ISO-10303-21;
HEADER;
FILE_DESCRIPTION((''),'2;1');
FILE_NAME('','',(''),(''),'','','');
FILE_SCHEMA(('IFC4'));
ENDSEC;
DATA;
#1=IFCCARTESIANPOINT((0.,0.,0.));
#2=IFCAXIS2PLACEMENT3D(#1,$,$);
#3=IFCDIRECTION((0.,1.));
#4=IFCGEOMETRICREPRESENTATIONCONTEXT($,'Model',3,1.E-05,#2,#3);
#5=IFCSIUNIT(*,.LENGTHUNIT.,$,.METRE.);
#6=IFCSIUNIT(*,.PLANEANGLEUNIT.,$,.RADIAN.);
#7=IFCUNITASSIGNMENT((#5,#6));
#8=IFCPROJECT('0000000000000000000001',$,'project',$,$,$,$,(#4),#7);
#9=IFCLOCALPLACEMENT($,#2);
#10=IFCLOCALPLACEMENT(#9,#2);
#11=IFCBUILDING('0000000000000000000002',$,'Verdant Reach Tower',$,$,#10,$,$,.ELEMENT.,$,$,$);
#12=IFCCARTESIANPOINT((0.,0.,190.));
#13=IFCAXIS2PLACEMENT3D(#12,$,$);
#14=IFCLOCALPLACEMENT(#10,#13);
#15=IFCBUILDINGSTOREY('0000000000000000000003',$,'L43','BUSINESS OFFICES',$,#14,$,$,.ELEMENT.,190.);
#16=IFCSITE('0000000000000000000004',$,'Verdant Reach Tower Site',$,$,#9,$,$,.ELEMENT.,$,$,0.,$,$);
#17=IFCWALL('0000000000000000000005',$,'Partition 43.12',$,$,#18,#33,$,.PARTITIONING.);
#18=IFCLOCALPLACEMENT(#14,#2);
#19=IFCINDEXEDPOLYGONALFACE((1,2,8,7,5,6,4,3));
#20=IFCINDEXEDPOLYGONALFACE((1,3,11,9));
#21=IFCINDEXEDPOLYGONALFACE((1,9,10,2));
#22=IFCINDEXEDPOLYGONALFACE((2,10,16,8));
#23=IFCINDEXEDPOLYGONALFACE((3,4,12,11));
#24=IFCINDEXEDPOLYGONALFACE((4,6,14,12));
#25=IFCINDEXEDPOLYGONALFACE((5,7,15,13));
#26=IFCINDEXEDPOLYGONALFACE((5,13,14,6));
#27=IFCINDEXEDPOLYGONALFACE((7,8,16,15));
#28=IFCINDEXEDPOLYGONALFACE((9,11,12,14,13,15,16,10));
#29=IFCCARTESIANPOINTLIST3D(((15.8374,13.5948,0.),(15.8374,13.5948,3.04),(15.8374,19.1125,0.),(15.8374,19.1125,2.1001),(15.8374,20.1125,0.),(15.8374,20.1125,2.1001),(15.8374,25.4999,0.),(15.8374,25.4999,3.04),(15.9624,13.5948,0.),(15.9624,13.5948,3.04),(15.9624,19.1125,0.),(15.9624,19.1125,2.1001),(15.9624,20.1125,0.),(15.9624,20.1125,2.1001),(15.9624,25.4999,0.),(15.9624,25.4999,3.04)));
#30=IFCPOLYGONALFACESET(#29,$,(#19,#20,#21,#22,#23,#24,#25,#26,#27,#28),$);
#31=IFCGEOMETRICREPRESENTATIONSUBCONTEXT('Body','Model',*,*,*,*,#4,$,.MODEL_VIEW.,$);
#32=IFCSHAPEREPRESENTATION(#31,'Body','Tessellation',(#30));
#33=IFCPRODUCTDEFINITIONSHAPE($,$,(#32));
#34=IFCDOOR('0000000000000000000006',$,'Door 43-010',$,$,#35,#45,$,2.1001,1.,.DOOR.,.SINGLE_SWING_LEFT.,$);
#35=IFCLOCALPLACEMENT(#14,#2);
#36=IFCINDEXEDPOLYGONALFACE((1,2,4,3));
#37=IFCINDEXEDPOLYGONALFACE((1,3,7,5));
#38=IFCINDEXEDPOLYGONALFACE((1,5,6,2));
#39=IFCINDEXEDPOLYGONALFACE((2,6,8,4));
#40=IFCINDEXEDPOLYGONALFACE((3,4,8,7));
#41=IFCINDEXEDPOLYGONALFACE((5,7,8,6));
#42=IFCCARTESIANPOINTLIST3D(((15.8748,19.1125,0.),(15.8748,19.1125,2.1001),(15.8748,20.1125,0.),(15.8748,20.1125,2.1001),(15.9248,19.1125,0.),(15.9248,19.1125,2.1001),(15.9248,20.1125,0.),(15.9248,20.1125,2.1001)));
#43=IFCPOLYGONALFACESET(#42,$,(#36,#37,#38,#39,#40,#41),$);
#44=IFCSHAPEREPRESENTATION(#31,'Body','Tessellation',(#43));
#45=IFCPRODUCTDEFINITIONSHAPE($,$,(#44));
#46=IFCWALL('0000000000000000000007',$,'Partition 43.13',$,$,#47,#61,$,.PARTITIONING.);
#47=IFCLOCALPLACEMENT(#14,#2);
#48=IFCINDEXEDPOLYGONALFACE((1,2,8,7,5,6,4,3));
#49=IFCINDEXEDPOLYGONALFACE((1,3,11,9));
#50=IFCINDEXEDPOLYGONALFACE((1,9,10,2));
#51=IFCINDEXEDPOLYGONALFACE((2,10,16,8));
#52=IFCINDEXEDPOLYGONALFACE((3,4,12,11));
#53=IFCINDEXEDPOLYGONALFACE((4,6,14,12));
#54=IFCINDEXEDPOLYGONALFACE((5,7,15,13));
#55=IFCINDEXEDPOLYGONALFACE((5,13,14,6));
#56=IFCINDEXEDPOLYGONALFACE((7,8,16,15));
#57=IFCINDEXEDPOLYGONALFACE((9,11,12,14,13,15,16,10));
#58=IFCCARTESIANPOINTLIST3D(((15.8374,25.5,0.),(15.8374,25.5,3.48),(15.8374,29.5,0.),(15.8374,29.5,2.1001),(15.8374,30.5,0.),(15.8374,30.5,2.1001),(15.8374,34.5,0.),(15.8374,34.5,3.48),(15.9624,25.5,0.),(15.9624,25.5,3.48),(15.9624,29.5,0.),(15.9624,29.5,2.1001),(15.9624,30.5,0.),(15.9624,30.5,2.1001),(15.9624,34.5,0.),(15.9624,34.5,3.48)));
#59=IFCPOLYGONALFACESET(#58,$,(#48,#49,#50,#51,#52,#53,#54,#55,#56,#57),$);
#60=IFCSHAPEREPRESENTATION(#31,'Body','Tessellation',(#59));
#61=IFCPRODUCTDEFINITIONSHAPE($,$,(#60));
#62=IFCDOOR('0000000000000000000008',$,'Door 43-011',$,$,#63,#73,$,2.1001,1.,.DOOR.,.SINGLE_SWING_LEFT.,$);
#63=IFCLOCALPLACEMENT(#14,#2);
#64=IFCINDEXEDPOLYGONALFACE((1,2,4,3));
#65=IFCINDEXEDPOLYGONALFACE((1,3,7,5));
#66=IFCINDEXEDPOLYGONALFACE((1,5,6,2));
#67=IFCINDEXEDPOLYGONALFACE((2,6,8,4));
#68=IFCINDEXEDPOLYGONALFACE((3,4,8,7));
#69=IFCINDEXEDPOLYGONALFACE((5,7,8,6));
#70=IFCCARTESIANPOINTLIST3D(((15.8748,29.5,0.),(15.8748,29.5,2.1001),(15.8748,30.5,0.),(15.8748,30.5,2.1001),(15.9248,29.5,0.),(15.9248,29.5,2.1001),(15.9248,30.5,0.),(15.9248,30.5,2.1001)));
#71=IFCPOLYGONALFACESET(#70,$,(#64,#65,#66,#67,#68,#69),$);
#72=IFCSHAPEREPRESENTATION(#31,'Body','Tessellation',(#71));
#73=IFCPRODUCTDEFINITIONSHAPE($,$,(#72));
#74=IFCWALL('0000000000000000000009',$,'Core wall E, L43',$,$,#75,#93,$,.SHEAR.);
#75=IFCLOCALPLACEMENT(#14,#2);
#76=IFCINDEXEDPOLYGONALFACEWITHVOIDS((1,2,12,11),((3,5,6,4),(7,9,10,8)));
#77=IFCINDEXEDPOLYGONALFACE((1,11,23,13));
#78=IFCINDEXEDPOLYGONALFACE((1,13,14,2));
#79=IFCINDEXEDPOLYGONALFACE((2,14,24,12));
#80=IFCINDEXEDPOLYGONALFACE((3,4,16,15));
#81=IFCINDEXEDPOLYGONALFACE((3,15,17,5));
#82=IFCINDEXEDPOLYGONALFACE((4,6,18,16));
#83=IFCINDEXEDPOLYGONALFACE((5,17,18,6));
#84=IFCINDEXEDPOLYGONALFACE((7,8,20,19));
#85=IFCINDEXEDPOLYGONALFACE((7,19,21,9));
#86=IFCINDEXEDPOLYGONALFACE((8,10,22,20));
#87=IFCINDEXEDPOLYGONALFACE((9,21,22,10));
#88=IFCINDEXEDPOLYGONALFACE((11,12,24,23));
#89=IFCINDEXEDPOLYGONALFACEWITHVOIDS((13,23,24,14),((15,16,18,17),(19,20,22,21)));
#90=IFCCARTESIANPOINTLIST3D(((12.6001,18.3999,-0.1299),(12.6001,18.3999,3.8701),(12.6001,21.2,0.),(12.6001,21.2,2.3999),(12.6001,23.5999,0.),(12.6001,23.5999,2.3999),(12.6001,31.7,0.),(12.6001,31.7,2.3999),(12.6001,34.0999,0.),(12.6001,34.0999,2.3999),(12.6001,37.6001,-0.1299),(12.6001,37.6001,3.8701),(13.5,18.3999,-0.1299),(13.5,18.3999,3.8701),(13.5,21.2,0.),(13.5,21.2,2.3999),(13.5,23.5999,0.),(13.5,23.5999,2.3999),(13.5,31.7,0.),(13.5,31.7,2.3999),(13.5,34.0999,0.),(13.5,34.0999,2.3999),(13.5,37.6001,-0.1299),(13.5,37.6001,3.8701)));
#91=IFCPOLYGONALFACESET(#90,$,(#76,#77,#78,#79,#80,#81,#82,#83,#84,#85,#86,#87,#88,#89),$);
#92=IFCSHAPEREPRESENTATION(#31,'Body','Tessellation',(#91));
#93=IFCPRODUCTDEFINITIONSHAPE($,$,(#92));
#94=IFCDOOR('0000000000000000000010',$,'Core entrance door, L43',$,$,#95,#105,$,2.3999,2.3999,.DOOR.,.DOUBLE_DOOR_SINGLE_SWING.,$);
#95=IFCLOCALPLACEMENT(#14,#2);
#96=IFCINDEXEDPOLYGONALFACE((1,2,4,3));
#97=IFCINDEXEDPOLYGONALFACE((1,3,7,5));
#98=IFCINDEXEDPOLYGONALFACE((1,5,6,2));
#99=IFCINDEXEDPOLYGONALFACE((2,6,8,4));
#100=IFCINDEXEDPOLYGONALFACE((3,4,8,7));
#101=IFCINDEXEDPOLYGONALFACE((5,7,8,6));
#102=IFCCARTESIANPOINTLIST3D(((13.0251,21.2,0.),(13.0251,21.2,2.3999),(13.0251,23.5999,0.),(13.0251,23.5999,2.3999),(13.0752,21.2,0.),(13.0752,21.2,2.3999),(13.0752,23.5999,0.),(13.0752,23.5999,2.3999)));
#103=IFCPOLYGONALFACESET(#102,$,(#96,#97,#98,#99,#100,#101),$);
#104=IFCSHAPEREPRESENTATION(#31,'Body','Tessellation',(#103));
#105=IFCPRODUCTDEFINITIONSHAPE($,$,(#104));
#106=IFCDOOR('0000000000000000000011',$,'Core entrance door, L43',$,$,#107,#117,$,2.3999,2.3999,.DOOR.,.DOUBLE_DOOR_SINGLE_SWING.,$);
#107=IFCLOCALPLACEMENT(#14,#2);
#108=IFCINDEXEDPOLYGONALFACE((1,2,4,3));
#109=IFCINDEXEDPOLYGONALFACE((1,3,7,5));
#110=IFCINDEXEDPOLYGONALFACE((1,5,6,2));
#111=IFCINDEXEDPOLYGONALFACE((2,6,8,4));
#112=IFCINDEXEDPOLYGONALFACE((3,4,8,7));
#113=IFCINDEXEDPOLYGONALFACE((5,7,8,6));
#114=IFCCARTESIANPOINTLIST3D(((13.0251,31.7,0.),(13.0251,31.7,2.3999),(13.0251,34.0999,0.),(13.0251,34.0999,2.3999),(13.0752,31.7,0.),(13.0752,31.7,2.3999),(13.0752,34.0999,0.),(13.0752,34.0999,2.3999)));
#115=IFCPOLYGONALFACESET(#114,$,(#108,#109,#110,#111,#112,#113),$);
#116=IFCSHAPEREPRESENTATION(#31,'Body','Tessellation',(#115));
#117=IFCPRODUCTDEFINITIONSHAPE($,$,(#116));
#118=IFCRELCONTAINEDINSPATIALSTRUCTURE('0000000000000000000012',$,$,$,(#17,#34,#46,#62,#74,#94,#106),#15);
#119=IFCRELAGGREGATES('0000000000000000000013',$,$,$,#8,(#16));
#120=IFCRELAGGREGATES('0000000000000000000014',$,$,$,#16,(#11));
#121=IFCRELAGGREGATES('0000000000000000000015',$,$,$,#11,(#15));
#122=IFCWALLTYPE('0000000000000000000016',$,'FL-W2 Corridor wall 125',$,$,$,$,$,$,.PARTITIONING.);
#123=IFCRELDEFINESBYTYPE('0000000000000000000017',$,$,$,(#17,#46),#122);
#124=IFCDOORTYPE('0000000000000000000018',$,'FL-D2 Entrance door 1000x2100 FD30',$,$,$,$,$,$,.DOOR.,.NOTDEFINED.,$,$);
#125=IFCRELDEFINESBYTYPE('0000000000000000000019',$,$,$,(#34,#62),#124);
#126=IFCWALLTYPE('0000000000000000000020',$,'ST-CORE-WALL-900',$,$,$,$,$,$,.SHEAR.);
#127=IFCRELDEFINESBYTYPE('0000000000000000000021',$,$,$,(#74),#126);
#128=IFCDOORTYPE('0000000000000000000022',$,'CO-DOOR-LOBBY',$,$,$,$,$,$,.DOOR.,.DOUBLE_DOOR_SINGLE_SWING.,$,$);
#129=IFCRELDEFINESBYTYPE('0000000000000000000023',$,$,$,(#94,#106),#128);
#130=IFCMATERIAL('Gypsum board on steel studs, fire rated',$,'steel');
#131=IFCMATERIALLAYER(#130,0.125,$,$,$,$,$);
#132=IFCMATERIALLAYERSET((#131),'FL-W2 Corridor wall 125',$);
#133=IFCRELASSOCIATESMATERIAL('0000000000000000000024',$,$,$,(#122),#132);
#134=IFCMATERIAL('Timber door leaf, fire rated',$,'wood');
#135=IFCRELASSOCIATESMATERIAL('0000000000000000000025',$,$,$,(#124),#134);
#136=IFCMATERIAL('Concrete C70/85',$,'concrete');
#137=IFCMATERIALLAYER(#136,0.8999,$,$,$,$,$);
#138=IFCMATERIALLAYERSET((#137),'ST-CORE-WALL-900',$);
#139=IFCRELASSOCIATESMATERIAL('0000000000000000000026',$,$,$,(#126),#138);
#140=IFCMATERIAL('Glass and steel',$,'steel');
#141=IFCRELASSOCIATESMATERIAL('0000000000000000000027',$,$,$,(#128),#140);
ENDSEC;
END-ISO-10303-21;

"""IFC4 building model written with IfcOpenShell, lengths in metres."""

from ifc_helpers import new_model, si_unit, direction, frame, frame_2d, origin, place, context, subcontext, project, spatial, rectangle, extrude, material, layer, layer_set, type_object, element, fill, save


model = new_model("IFC4")

# Units and contexts
model_context = context("Model", 3, precision=1e-05, world=origin(), true_north=direction((0.0, 1.0)))
body_context = subcontext(model_context, "Body", "Model", "MODEL_VIEW")
ifc_project = project(units=[si_unit("LENGTHUNIT", "METRE"), si_unit("PLANEANGLEUNIT", "RADIAN")], contexts=[model_context])

# Site, building, storey
site_placement = place(None, origin())
site = spatial("IfcSite", under=ifc_project, at=site_placement, Name="Verdant Reach Tower Site", CompositionType="ELEMENT", RefElevation=0.0)
building_placement = place(site_placement, origin())
building = spatial("IfcBuilding", under=site, at=building_placement, Name="Verdant Reach Tower", CompositionType="ELEMENT")
storey_placement = place(building_placement, frame((0.0, 0.0, 190.0)))
storey = spatial("IfcBuildingStorey", under=building, at=storey_placement, Name="L43", Description="BUSINESS OFFICES", CompositionType="ELEMENT", Elevation=190.0)

# Walls, openings, doors
ifc_material_1 = material(Name="Gypsum board on steel studs, fire rated", Category="steel")
ifc_layer_1 = layer(ifc_material_1, 0.125)
ifc_layer_set_1 = layer_set([ifc_layer_1], Name="FL-W2 Corridor wall 125")
wall_type_1 = type_object("IfcWallType", Name="FL-W2 Corridor wall 125", PredefinedType="PARTITIONING", material=ifc_layer_set_1)
wall_1_placement = place(storey_placement, frame((15.8999, 25.5, 0.0), z_axis=(0.0, 0.0, 1.0), x_axis=(0.0, -1.0, 0.0)))
wall_1 = element("IfcWall", 1, at=wall_1_placement, inside=storey, type_object=wall_type_1, Name="Partition 43.12", PredefinedType="PARTITIONING", context=body_context, shape_type="SweptSolid", body=[
    extrude(rectangle(XDim=11.905, YDim=0.125, at=frame_2d((5.9526, 0.0))), origin(), (0.0, 0.0, 1.0), 3.04),
])
opening_1_placement = place(wall_1_placement, frame((5.3875, 0.0, 0.0)))
opening_1 = element("IfcOpeningElement", 2, at=opening_1_placement, cuts=wall_1, PredefinedType="OPENING", context=body_context, shape_type="SweptSolid", body=[
    extrude(rectangle(XDim=1.0, YDim=2.1001, at=frame_2d((0.5, 1.05))), frame((0.0, 0.0725, 0.0), z_axis=(0.0, -1.0, 0.0), x_axis=(1.0, 0.0, 0.0)), (0.0, 0.0, 1.0), 0.145),
])
ifc_material_2 = material(Name="Timber door leaf, fire rated", Category="wood")
door_type_1 = type_object("IfcDoorType", Name="FL-D2 Entrance door 1000x2100 FD30", OperationType="NOTDEFINED", PredefinedType="DOOR", material=ifc_material_2)
door_1_placement = place(opening_1_placement, origin())
door_1 = element("IfcDoor", 3, at=door_1_placement, inside=storey, type_object=door_type_1, Name="Door 43-010", OperationType="SINGLE_SWING_LEFT", OverallHeight=2.1001, OverallWidth=1.0, PredefinedType="DOOR", context=body_context, shape_type="SweptSolid", body=[
    extrude(rectangle(XDim=1.0, YDim=2.1001, at=frame_2d((0.5, 1.05))), frame((0.0, 0.0249, 0.0), z_axis=(0.0, -1.0, 0.0), x_axis=(1.0, 0.0, 0.0)), (0.0, 0.0, 1.0), 0.05),
])
fill(opening_1, door_1)
wall_2_placement = place(storey_placement, frame((15.8999, 34.5, 0.0), z_axis=(0.0, 0.0, 1.0), x_axis=(0.0, -1.0, 0.0)))
wall_2 = element("IfcWall", 4, at=wall_2_placement, inside=storey, type_object=wall_type_1, Name="Partition 43.13", PredefinedType="PARTITIONING", context=body_context, shape_type="SweptSolid", body=[
    extrude(rectangle(XDim=9.0, YDim=0.125, at=frame_2d((4.5, 0.0))), origin(), (0.0, 0.0, 1.0), 3.48),
])
opening_2_placement = place(wall_2_placement, frame((4.0, 0.0, 0.0)))
opening_2 = element("IfcOpeningElement", 5, at=opening_2_placement, cuts=wall_2, PredefinedType="OPENING", context=body_context, shape_type="SweptSolid", body=[
    extrude(rectangle(XDim=1.0, YDim=2.1001, at=frame_2d((0.5, 1.05))), frame((0.0, 0.0725, 0.0), z_axis=(0.0, -1.0, 0.0), x_axis=(1.0, 0.0, 0.0)), (0.0, 0.0, 1.0), 0.145),
])
door_2_placement = place(opening_2_placement, origin())
door_2 = element("IfcDoor", 6, at=door_2_placement, inside=storey, type_object=door_type_1, Name="Door 43-011", OperationType="SINGLE_SWING_LEFT", OverallHeight=2.1001, OverallWidth=1.0, PredefinedType="DOOR", context=body_context, shape_type="SweptSolid", body=[
    extrude(rectangle(XDim=1.0, YDim=2.1001, at=frame_2d((0.5, 1.05))), frame((0.0, 0.0249, 0.0), z_axis=(0.0, -1.0, 0.0), x_axis=(1.0, 0.0, 0.0)), (0.0, 0.0, 1.0), 0.05),
])
fill(opening_2, door_2)

# Wall, openings, doors
ifc_material_3 = material(Name="Concrete C70/85", Category="concrete")
ifc_layer_2 = layer(ifc_material_3, 0.8999)
ifc_layer_set_2 = layer_set([ifc_layer_2], Name="ST-CORE-WALL-900")
wall_type_2 = type_object("IfcWallType", Name="ST-CORE-WALL-900", PredefinedType="SHEAR", material=ifc_layer_set_2)
wall_3_placement = place(storey_placement, frame((13.05, 18.3999, -0.1299), z_axis=(0.0, 0.0, 1.0), x_axis=(0.0, 1.0, 0.0)))
wall_3 = element("IfcWall", 7, at=wall_3_placement, inside=storey, type_object=wall_type_2, Name="Core wall E, L43", PredefinedType="SHEAR", context=body_context, shape_type="SweptSolid", body=[
    extrude(rectangle(XDim=19.2002, YDim=0.8999, at=frame_2d((9.6001, 0.0))), origin(), (0.0, 0.0, 1.0), 4.0),
])
opening_3_placement = place(wall_3_placement, frame((2.8, 0.0, 0.1299)))
opening_3 = element("IfcOpeningElement", 8, at=opening_3_placement, cuts=wall_3, PredefinedType="OPENING", context=body_context, shape_type="SweptSolid", body=[
    extrude(rectangle(XDim=2.3999, YDim=2.3999, at=frame_2d((1.2, 1.2))), frame((0.0, 0.46, 0.0), z_axis=(0.0, -1.0, 0.0), x_axis=(1.0, 0.0, 0.0)), (0.0, 0.0, 1.0), 0.9199),
])
opening_4_placement = place(wall_3_placement, frame((13.3, 0.0, 0.1299)))
opening_4 = element("IfcOpeningElement", 9, at=opening_4_placement, cuts=wall_3, PredefinedType="OPENING", context=body_context, shape_type="SweptSolid", body=[
    extrude(rectangle(XDim=2.3999, YDim=2.3999, at=frame_2d((1.2, 1.2))), frame((0.0, 0.46, 0.0), z_axis=(0.0, -1.0, 0.0), x_axis=(1.0, 0.0, 0.0)), (0.0, 0.0, 1.0), 0.9199),
])
ifc_material_4 = material(Name="Glass and steel", Category="steel")
door_type_2 = type_object("IfcDoorType", Name="CO-DOOR-LOBBY", OperationType="DOUBLE_DOOR_SINGLE_SWING", PredefinedType="DOOR", material=ifc_material_4)
door_3_placement = place(opening_3_placement, origin())
door_3 = element("IfcDoor", 10, at=door_3_placement, inside=storey, type_object=door_type_2, Name="Core entrance door, L43", OperationType="DOUBLE_DOOR_SINGLE_SWING", OverallHeight=2.3999, OverallWidth=2.3999, PredefinedType="DOOR", context=body_context, shape_type="SweptSolid", body=[
    extrude(rectangle(XDim=2.3999, YDim=2.3999, at=frame_2d((1.2, 1.2))), frame((0.0, 0.0249, 0.0), z_axis=(0.0, -1.0, 0.0), x_axis=(1.0, 0.0, 0.0)), (0.0, 0.0, 1.0), 0.05),
])
fill(opening_3, door_3)
door_4_placement = place(opening_4_placement, origin())
door_4 = element("IfcDoor", 11, at=door_4_placement, inside=storey, type_object=door_type_2, Name="Core entrance door, L43", OperationType="DOUBLE_DOOR_SINGLE_SWING", OverallHeight=2.3999, OverallWidth=2.3999, PredefinedType="DOOR", context=body_context, shape_type="SweptSolid", body=[
    extrude(rectangle(XDim=2.3999, YDim=2.3999, at=frame_2d((1.2, 1.2))), frame((0.0, 0.0249, 0.0), z_axis=(0.0, -1.0, 0.0), x_axis=(1.0, 0.0, 0.0)), (0.0, 0.0, 1.0), 0.05),
])
fill(opening_4, door_4)

save(model, "model.ifc")
